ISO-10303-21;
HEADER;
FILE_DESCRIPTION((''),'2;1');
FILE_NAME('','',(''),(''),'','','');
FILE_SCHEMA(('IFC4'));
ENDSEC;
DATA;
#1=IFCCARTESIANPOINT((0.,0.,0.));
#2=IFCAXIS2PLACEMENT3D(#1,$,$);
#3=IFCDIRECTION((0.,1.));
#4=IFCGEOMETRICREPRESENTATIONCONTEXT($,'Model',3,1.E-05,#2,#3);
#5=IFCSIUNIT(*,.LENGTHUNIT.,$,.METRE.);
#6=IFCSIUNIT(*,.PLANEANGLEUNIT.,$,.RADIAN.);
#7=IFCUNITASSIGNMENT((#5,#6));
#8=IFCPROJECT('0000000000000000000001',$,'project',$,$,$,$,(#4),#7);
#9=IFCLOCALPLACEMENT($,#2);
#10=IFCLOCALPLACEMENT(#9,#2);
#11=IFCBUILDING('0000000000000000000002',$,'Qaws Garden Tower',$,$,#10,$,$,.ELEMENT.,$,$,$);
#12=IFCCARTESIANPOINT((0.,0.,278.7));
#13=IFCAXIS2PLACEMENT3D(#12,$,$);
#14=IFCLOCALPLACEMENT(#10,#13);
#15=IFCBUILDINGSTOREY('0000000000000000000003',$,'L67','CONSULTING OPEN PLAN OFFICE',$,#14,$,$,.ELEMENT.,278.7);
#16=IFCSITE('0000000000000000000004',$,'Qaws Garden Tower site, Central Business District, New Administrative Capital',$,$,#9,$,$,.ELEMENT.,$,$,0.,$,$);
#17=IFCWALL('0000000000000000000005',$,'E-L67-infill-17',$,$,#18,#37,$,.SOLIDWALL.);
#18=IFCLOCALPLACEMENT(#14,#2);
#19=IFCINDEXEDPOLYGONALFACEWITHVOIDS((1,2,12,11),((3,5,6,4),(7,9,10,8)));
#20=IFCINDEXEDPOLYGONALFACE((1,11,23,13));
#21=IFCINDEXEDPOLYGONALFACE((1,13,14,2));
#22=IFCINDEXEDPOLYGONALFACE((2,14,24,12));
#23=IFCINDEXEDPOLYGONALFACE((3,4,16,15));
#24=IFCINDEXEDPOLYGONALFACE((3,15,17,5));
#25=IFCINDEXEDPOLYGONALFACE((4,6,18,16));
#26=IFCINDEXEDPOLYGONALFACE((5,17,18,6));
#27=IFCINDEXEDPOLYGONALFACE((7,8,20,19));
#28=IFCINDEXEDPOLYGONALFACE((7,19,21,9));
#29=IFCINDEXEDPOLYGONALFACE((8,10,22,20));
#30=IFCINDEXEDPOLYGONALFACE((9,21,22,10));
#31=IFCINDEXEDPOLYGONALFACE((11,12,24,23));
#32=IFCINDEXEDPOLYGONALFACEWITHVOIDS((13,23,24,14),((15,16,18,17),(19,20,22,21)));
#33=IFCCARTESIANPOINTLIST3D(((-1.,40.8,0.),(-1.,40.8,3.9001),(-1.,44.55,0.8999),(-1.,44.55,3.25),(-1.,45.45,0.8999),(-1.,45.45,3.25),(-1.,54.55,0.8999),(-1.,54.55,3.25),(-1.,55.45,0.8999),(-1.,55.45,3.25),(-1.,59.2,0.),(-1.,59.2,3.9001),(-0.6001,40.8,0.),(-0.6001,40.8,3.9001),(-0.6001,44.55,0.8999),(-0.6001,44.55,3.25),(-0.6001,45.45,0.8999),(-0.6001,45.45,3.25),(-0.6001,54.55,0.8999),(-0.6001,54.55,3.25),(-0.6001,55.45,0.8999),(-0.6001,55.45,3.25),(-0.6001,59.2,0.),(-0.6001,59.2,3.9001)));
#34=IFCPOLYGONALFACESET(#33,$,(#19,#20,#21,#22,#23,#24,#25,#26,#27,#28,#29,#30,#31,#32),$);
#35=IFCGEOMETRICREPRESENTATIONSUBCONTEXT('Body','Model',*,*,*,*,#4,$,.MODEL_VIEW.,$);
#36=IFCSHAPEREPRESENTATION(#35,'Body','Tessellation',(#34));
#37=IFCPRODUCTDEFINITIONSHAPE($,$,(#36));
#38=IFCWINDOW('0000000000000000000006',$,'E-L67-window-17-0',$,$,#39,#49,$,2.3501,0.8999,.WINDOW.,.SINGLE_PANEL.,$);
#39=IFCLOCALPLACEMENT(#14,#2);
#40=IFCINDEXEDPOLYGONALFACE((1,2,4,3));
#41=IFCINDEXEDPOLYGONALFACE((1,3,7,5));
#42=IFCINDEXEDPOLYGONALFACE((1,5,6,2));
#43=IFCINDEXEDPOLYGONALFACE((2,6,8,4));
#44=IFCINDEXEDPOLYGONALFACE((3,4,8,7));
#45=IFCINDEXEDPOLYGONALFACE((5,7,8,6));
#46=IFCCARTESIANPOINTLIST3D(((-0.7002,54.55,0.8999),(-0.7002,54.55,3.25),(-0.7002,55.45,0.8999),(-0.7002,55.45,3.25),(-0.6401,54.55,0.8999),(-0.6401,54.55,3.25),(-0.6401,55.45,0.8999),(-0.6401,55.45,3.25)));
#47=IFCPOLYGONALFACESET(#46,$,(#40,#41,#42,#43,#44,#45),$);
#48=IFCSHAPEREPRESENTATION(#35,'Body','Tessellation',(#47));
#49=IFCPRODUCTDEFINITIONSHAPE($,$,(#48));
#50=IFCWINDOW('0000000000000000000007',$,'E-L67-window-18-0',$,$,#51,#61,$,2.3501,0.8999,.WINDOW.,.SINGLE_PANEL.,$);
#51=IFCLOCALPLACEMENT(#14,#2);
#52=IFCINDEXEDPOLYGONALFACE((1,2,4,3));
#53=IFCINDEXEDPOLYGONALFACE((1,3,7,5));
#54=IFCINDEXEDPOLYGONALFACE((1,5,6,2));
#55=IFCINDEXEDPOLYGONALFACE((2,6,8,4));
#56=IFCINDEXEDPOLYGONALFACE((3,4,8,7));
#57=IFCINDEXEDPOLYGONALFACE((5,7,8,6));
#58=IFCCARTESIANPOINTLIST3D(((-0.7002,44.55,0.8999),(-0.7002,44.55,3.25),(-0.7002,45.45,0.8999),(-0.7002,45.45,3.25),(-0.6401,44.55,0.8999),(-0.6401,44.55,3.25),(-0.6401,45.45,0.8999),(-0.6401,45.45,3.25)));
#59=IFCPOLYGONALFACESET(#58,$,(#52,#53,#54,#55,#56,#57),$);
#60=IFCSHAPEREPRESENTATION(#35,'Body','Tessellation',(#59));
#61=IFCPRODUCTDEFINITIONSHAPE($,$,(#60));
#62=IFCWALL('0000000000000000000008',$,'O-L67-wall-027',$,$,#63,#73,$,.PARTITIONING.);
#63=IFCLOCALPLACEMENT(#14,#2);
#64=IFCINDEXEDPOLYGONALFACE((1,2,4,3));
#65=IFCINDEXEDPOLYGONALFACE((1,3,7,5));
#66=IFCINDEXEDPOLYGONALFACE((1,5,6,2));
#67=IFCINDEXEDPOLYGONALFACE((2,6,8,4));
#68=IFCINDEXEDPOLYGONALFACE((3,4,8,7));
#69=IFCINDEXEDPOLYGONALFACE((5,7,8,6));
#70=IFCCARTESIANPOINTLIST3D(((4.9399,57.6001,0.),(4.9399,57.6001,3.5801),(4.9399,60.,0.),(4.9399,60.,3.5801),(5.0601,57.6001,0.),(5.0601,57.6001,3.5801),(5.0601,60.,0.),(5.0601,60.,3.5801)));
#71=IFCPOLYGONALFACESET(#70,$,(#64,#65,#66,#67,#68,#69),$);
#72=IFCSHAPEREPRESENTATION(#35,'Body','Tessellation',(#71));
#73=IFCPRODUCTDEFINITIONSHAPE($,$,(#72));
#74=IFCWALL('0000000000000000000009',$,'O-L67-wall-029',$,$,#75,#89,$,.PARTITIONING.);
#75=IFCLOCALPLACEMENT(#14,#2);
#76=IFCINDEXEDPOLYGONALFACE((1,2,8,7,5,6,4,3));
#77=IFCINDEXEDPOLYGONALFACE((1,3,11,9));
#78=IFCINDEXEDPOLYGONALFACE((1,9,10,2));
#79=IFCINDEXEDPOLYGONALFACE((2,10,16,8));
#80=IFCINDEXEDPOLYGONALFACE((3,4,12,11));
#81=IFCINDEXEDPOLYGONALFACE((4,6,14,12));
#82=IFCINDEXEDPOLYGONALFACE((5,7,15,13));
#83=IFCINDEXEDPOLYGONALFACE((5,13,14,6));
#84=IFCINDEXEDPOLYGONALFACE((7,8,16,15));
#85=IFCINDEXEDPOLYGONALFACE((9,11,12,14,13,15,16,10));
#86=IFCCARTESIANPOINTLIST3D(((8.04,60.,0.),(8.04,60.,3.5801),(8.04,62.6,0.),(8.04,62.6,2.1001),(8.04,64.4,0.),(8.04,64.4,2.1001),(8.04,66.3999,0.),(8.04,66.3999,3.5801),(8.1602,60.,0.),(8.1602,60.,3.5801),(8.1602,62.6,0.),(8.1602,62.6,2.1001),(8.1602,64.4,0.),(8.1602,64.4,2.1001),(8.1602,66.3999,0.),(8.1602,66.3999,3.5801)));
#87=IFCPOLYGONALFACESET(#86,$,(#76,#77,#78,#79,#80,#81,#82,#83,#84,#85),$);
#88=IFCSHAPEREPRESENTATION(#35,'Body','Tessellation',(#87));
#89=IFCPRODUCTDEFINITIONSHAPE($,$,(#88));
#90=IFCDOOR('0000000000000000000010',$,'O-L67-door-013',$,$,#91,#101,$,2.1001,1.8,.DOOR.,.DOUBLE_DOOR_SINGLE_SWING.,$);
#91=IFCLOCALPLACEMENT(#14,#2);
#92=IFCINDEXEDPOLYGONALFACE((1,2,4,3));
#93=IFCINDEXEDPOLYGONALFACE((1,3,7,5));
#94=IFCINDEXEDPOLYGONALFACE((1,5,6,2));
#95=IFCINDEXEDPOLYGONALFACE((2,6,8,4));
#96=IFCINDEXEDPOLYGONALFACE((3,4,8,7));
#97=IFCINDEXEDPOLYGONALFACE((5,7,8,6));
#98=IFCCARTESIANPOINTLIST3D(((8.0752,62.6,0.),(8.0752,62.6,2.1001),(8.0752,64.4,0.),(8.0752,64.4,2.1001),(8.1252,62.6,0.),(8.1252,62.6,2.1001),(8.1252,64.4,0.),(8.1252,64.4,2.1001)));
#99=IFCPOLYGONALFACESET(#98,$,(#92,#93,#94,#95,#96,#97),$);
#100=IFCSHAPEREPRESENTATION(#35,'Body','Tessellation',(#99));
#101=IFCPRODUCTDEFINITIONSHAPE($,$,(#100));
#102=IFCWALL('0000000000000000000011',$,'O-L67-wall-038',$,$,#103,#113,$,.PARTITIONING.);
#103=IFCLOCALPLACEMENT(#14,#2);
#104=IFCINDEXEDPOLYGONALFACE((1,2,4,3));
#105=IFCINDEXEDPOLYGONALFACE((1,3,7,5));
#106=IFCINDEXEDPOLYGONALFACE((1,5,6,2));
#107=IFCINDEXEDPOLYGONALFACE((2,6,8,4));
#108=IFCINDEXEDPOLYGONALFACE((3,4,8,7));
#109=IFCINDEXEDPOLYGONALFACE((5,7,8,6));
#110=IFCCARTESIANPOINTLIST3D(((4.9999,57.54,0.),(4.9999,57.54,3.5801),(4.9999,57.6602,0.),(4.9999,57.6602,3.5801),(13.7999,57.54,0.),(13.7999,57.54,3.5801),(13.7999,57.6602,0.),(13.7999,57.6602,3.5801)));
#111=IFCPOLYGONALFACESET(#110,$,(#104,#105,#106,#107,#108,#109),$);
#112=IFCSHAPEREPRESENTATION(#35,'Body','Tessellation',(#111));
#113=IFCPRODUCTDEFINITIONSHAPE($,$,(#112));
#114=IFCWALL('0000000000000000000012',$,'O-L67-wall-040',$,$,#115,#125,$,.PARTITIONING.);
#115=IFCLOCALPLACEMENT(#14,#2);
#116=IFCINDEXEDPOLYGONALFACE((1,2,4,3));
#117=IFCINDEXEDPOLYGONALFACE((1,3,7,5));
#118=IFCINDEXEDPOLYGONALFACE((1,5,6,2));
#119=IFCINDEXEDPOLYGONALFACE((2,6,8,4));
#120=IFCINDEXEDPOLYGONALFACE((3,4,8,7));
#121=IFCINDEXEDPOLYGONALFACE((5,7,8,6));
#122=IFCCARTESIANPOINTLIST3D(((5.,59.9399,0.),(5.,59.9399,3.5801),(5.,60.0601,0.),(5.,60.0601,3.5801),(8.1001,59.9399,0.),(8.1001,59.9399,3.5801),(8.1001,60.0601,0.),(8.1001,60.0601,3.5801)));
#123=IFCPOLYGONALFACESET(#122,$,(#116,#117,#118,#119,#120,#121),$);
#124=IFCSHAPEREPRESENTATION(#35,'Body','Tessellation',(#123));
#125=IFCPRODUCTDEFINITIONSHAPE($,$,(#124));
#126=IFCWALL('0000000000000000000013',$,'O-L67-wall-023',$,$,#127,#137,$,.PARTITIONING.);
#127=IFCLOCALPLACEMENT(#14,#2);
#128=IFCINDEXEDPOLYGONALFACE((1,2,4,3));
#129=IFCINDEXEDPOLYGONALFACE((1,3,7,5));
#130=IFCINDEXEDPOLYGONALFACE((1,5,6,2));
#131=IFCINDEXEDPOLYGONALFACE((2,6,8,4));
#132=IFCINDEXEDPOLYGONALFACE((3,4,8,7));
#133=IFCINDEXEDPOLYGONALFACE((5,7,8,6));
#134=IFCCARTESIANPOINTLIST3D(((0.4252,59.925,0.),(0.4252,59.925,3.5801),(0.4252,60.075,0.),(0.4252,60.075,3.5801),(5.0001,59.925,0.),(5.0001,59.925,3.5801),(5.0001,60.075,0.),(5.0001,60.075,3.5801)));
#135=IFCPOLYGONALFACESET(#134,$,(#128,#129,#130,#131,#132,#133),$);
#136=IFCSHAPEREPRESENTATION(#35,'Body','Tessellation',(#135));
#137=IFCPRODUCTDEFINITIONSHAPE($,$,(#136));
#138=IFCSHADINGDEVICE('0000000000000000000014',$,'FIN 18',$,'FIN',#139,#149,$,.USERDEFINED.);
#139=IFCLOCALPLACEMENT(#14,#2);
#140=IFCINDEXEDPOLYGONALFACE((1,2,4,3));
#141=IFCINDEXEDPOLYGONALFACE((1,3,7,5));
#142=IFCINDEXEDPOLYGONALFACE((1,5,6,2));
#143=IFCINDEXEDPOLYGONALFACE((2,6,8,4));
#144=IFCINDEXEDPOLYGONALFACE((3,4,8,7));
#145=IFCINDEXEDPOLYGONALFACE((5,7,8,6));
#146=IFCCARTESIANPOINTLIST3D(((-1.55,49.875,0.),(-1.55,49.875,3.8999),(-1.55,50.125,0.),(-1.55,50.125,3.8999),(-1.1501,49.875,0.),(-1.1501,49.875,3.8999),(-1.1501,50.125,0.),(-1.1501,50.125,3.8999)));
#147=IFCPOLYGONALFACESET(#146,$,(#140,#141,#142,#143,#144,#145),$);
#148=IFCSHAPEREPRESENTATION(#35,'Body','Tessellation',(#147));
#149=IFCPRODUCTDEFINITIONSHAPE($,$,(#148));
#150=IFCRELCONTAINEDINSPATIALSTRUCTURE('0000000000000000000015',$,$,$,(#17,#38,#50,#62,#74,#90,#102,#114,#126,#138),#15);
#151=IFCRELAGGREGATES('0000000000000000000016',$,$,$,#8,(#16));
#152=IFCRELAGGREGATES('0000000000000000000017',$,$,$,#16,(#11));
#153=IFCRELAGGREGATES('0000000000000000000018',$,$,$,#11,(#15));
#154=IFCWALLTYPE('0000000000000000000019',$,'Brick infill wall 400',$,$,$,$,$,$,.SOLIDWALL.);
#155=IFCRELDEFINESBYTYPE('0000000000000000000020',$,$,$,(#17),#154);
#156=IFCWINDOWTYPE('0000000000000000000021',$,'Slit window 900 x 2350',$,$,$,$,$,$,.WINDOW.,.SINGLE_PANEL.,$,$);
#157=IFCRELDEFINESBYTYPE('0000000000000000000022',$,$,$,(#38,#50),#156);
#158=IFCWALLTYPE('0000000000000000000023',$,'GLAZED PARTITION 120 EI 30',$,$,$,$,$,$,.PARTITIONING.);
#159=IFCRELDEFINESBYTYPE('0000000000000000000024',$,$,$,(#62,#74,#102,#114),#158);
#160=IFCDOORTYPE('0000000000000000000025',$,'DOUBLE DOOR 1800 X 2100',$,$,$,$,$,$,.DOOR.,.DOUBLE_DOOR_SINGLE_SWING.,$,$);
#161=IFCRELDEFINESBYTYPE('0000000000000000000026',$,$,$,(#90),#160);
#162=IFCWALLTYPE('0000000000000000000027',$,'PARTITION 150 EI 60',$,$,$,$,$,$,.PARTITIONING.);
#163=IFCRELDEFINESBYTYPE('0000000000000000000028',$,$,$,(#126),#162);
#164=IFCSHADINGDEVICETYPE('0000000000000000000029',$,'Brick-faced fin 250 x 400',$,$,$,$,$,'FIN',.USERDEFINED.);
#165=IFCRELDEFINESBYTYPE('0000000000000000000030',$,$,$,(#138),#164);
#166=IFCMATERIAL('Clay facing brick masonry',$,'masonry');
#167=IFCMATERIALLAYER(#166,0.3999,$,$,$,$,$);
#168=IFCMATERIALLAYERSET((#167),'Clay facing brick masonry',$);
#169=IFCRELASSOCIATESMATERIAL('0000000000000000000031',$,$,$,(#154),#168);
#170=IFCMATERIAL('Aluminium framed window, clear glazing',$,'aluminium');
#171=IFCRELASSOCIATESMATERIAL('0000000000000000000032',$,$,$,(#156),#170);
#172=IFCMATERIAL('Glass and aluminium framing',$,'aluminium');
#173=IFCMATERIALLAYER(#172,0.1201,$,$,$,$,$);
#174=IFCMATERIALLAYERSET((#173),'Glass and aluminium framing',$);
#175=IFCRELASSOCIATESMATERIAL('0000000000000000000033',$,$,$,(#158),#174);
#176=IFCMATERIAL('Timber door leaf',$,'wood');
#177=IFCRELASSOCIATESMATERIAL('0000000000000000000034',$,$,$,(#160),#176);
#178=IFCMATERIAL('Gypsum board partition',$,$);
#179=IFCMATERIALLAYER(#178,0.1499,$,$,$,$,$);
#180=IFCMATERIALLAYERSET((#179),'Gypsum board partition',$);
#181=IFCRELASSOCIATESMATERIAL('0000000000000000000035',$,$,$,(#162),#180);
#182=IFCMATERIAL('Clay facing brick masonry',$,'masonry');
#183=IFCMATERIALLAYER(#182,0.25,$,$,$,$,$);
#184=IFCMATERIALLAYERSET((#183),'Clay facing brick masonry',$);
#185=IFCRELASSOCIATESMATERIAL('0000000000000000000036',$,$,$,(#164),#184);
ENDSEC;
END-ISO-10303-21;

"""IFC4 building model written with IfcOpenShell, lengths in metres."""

from ifc_helpers import new_model, si_unit, direction, frame, frame_2d, origin, origin_2d, place, context, subcontext, project, spatial, rectangle, extrude, material, layer, layer_set, type_object, element, fill, save


model = new_model("IFC4")

# Units and contexts
model_context = context("Model", 3, precision=1e-05, world=origin(), true_north=direction((0.0, 1.0)))
body_context = subcontext(model_context, "Body", "Model", "MODEL_VIEW")
ifc_project = project(units=[si_unit("LENGTHUNIT", "METRE"), si_unit("PLANEANGLEUNIT", "RADIAN")], contexts=[model_context])

# Site, building, storey
site_placement = place(None, origin())
site = spatial("IfcSite", under=ifc_project, at=site_placement, Name="Qaws Garden Tower site, Central Business District, New Administrative Capital", CompositionType="ELEMENT", RefElevation=0.0)
building_placement = place(site_placement, origin())
building = spatial("IfcBuilding", under=site, at=building_placement, Name="Qaws Garden Tower", CompositionType="ELEMENT")
storey_placement = place(building_placement, frame((0.0, 0.0, 278.7)))
storey = spatial("IfcBuildingStorey", under=building, at=storey_placement, Name="L67", Description="CONSULTING OPEN PLAN OFFICE", CompositionType="ELEMENT", Elevation=278.7)

# Shared definitions
ifc_material_1 = material(Name="Clay facing brick masonry", Category="masonry")
ifc_layer_1 = layer(ifc_material_1, 0.3999)
ifc_layer_set_1 = layer_set([ifc_layer_1], Name="Clay facing brick masonry")
wall_type_1 = type_object("IfcWallType", Name="Brick infill wall 400", PredefinedType="SOLIDWALL", material=ifc_layer_set_1)

# Wall, openings, windows
wall_1_placement = place(storey_placement, frame((-0.8, 59.2, 0.0), z_axis=(0.0, 0.0, 1.0), x_axis=(0.0, -1.0, 0.0)))
wall_1 = element("IfcWall", 1, at=wall_1_placement, inside=storey, type_object=wall_type_1, Name="E-L67-infill-17", PredefinedType="SOLIDWALL", context=body_context, shape_type="SweptSolid", body=[
    extrude(rectangle(XDim=18.3999, YDim=0.3999, at=frame_2d((9.2, 0.0))), origin(), (0.0, 0.0, 1.0), 3.9001),
])
opening_1_placement = place(wall_1_placement, frame((3.75, 0.0, 0.8999)))
opening_1 = element("IfcOpeningElement", 2, at=opening_1_placement, cuts=wall_1, PredefinedType="OPENING", context=body_context, shape_type="SweptSolid", body=[
    extrude(rectangle(XDim=0.8999, YDim=2.3501, at=frame_2d((0.45, 1.175))), frame((0.0, 0.21, 0.0), z_axis=(0.0, -1.0, 0.0), x_axis=(1.0, 0.0, 0.0)), (0.0, 0.0, 1.0), 0.4199),
])
opening_2_placement = place(wall_1_placement, frame((13.75, 0.0, 0.8999)))
opening_2 = element("IfcOpeningElement", 3, at=opening_2_placement, cuts=wall_1, PredefinedType="OPENING", context=body_context, shape_type="SweptSolid", body=[
    extrude(rectangle(XDim=0.8999, YDim=2.3501, at=frame_2d((0.45, 1.175))), frame((0.0, 0.21, 0.0), z_axis=(0.0, -1.0, 0.0), x_axis=(1.0, 0.0, 0.0)), (0.0, 0.0, 1.0), 0.4199),
])
ifc_material_2 = material(Name="Aluminium framed window, clear glazing", Category="aluminium")
window_type_1 = type_object("IfcWindowType", Name="Slit window 900 x 2350", PartitioningType="SINGLE_PANEL", PredefinedType="WINDOW", material=ifc_material_2)
window_1_placement = place(opening_1_placement, origin())
window_1 = element("IfcWindow", 4, at=window_1_placement, inside=storey, type_object=window_type_1, Name="E-L67-window-17-0", OverallHeight=2.3501, OverallWidth=0.8999, PartitioningType="SINGLE_PANEL", PredefinedType="WINDOW", context=body_context, shape_type="SweptSolid", body=[
    extrude(rectangle(XDim=0.8999, YDim=2.3501, at=frame_2d((0.45, 1.175))), frame((0.0, 0.1599, 0.0), z_axis=(0.0, -1.0, 0.0), x_axis=(1.0, 0.0, 0.0)), (0.0, 0.0, 1.0), 0.0601),
])
fill(opening_1, window_1)
window_2_placement = place(opening_2_placement, origin())
window_2 = element("IfcWindow", 5, at=window_2_placement, inside=storey, type_object=window_type_1, Name="E-L67-window-18-0", OverallHeight=2.3501, OverallWidth=0.8999, PartitioningType="SINGLE_PANEL", PredefinedType="WINDOW", context=body_context, shape_type="SweptSolid", body=[
    extrude(rectangle(XDim=0.8999, YDim=2.3501, at=frame_2d((0.45, 1.175))), frame((0.0, 0.1599, 0.0), z_axis=(0.0, -1.0, 0.0), x_axis=(1.0, 0.0, 0.0)), (0.0, 0.0, 1.0), 0.0601),
])
fill(opening_2, window_2)

# Wall
ifc_material_3 = material(Name="Glass and aluminium framing", Category="aluminium")
ifc_layer_2 = layer(ifc_material_3, 0.1201)
ifc_layer_set_2 = layer_set([ifc_layer_2], Name="Glass and aluminium framing")
wall_type_2 = type_object("IfcWallType", Name="GLAZED PARTITION 120 EI 30", PredefinedType="PARTITIONING", material=ifc_layer_set_2)
wall_2_placement = place(storey_placement, frame((5.0, 57.6001, 0.0), z_axis=(0.0, 0.0, 1.0), x_axis=(0.0, 1.0, 0.0)))
element("IfcWall", 6, at=wall_2_placement, inside=storey, type_object=wall_type_2, Name="O-L67-wall-027", PredefinedType="PARTITIONING", context=body_context, shape_type="SweptSolid", body=[
    extrude(rectangle(XDim=2.3999, YDim=0.1201, at=frame_2d((1.2, 0.0))), origin(), (0.0, 0.0, 1.0), 3.5801),
])

# Wall, opening, door
wall_3_placement = place(storey_placement, frame((8.1001, 60.0, 0.0), z_axis=(0.0, 0.0, 1.0), x_axis=(0.0, 1.0, 0.0)))
wall_3 = element("IfcWall", 7, at=wall_3_placement, inside=storey, type_object=wall_type_2, Name="O-L67-wall-029", PredefinedType="PARTITIONING", context=body_context, shape_type="SweptSolid", body=[
    extrude(rectangle(XDim=6.3999, YDim=0.1201, at=frame_2d((3.2, 0.0))), origin(), (0.0, 0.0, 1.0), 3.5801),
])
opening_3_placement = place(wall_3_placement, frame((2.6001, 0.0, 0.0)))
opening_3 = element("IfcOpeningElement", 8, at=opening_3_placement, cuts=wall_3, PredefinedType="OPENING", context=body_context, shape_type="SweptSolid", body=[
    extrude(rectangle(XDim=1.8, YDim=2.1001, at=frame_2d((0.8999, 1.05))), frame((0.0, 0.0701, 0.0), z_axis=(0.0, -1.0, 0.0), x_axis=(1.0, 0.0, 0.0)), (0.0, 0.0, 1.0), 0.1401),
])
ifc_material_4 = material(Name="Timber door leaf", Category="wood")
door_type = type_object("IfcDoorType", Name="DOUBLE DOOR 1800 X 2100", OperationType="DOUBLE_DOOR_SINGLE_SWING", PredefinedType="DOOR", material=ifc_material_4)
door_placement = place(opening_3_placement, origin())
door = element("IfcDoor", 9, at=door_placement, inside=storey, type_object=door_type, Name="O-L67-door-013", OperationType="DOUBLE_DOOR_SINGLE_SWING", OverallHeight=2.1001, OverallWidth=1.8, PredefinedType="DOOR", context=body_context, shape_type="SweptSolid", body=[
    extrude(rectangle(XDim=1.8, YDim=2.1001, at=frame_2d((0.8999, 1.05))), frame((0.0, 0.0249, 0.0), z_axis=(0.0, -1.0, 0.0), x_axis=(1.0, 0.0, 0.0)), (0.0, 0.0, 1.0), 0.05),
])
fill(opening_3, door)

# Walls
wall_4_placement = place(storey_placement, frame((5.0, 57.6001, 0.0), z_axis=(0.0, 0.0, 1.0), x_axis=(1.0, 0.0, 0.0)))
element("IfcWall", 10, at=wall_4_placement, inside=storey, type_object=wall_type_2, Name="O-L67-wall-038", PredefinedType="PARTITIONING", context=body_context, shape_type="SweptSolid", body=[
    extrude(rectangle(XDim=8.8, YDim=0.1201, at=frame_2d((4.3999, 0.0))), origin(), (0.0, 0.0, 1.0), 3.5801),
])
wall_5_placement = place(storey_placement, frame((5.0, 60.0, 0.0), z_axis=(0.0, 0.0, 1.0), x_axis=(1.0, 0.0, 0.0)))
element("IfcWall", 11, at=wall_5_placement, inside=storey, type_object=wall_type_2, Name="O-L67-wall-040", PredefinedType="PARTITIONING", context=body_context, shape_type="SweptSolid", body=[
    extrude(rectangle(XDim=3.1001, YDim=0.1201, at=frame_2d((1.55, 0.0))), origin(), (0.0, 0.0, 1.0), 3.5801),
])
ifc_material_5 = material(Name="Gypsum board partition")
ifc_layer_3 = layer(ifc_material_5, 0.1499)
ifc_layer_set_3 = layer_set([ifc_layer_3], Name="Gypsum board partition")
wall_type_3 = type_object("IfcWallType", Name="PARTITION 150 EI 60", PredefinedType="PARTITIONING", material=ifc_layer_set_3)
wall_6_placement = place(storey_placement, frame((0.425, 60.0, 0.0), z_axis=(0.0, 0.0, 1.0), x_axis=(1.0, 0.0, 0.0)))
element("IfcWall", 12, at=wall_6_placement, inside=storey, type_object=wall_type_3, Name="O-L67-wall-023", PredefinedType="PARTITIONING", context=body_context, shape_type="SweptSolid", body=[
    extrude(rectangle(XDim=4.575, YDim=0.1499, at=frame_2d((2.2876, 0.0))), origin(), (0.0, 0.0, 1.0), 3.5801),
])

# Shading device
ifc_material_6 = material(Name="Clay facing brick masonry", Category="masonry")
ifc_layer_4 = layer(ifc_material_6, 0.25)
ifc_layer_set_4 = layer_set([ifc_layer_4], Name="Clay facing brick masonry")
shading_device_type = type_object("IfcShadingDeviceType", Name="Brick-faced fin 250 x 400", ElementType="FIN", PredefinedType="USERDEFINED", material=ifc_layer_set_4)
shading_device_placement = place(storey_placement, frame((-1.3501, 50.0, 0.0), z_axis=(0.0, 0.0, 1.0), x_axis=(0.0, -1.0, 0.0)))
element("IfcShadingDevice", 13, at=shading_device_placement, inside=storey, type_object=shading_device_type, Name="FIN 18", ObjectType="FIN", PredefinedType="USERDEFINED", context=body_context, shape_type="SweptSolid", body=[
    extrude(rectangle(XDim=0.25, YDim=0.3999, at=origin_2d()), origin(), (0.0, 0.0, 1.0), 3.8999),
])

save(model, "model.ifc")
